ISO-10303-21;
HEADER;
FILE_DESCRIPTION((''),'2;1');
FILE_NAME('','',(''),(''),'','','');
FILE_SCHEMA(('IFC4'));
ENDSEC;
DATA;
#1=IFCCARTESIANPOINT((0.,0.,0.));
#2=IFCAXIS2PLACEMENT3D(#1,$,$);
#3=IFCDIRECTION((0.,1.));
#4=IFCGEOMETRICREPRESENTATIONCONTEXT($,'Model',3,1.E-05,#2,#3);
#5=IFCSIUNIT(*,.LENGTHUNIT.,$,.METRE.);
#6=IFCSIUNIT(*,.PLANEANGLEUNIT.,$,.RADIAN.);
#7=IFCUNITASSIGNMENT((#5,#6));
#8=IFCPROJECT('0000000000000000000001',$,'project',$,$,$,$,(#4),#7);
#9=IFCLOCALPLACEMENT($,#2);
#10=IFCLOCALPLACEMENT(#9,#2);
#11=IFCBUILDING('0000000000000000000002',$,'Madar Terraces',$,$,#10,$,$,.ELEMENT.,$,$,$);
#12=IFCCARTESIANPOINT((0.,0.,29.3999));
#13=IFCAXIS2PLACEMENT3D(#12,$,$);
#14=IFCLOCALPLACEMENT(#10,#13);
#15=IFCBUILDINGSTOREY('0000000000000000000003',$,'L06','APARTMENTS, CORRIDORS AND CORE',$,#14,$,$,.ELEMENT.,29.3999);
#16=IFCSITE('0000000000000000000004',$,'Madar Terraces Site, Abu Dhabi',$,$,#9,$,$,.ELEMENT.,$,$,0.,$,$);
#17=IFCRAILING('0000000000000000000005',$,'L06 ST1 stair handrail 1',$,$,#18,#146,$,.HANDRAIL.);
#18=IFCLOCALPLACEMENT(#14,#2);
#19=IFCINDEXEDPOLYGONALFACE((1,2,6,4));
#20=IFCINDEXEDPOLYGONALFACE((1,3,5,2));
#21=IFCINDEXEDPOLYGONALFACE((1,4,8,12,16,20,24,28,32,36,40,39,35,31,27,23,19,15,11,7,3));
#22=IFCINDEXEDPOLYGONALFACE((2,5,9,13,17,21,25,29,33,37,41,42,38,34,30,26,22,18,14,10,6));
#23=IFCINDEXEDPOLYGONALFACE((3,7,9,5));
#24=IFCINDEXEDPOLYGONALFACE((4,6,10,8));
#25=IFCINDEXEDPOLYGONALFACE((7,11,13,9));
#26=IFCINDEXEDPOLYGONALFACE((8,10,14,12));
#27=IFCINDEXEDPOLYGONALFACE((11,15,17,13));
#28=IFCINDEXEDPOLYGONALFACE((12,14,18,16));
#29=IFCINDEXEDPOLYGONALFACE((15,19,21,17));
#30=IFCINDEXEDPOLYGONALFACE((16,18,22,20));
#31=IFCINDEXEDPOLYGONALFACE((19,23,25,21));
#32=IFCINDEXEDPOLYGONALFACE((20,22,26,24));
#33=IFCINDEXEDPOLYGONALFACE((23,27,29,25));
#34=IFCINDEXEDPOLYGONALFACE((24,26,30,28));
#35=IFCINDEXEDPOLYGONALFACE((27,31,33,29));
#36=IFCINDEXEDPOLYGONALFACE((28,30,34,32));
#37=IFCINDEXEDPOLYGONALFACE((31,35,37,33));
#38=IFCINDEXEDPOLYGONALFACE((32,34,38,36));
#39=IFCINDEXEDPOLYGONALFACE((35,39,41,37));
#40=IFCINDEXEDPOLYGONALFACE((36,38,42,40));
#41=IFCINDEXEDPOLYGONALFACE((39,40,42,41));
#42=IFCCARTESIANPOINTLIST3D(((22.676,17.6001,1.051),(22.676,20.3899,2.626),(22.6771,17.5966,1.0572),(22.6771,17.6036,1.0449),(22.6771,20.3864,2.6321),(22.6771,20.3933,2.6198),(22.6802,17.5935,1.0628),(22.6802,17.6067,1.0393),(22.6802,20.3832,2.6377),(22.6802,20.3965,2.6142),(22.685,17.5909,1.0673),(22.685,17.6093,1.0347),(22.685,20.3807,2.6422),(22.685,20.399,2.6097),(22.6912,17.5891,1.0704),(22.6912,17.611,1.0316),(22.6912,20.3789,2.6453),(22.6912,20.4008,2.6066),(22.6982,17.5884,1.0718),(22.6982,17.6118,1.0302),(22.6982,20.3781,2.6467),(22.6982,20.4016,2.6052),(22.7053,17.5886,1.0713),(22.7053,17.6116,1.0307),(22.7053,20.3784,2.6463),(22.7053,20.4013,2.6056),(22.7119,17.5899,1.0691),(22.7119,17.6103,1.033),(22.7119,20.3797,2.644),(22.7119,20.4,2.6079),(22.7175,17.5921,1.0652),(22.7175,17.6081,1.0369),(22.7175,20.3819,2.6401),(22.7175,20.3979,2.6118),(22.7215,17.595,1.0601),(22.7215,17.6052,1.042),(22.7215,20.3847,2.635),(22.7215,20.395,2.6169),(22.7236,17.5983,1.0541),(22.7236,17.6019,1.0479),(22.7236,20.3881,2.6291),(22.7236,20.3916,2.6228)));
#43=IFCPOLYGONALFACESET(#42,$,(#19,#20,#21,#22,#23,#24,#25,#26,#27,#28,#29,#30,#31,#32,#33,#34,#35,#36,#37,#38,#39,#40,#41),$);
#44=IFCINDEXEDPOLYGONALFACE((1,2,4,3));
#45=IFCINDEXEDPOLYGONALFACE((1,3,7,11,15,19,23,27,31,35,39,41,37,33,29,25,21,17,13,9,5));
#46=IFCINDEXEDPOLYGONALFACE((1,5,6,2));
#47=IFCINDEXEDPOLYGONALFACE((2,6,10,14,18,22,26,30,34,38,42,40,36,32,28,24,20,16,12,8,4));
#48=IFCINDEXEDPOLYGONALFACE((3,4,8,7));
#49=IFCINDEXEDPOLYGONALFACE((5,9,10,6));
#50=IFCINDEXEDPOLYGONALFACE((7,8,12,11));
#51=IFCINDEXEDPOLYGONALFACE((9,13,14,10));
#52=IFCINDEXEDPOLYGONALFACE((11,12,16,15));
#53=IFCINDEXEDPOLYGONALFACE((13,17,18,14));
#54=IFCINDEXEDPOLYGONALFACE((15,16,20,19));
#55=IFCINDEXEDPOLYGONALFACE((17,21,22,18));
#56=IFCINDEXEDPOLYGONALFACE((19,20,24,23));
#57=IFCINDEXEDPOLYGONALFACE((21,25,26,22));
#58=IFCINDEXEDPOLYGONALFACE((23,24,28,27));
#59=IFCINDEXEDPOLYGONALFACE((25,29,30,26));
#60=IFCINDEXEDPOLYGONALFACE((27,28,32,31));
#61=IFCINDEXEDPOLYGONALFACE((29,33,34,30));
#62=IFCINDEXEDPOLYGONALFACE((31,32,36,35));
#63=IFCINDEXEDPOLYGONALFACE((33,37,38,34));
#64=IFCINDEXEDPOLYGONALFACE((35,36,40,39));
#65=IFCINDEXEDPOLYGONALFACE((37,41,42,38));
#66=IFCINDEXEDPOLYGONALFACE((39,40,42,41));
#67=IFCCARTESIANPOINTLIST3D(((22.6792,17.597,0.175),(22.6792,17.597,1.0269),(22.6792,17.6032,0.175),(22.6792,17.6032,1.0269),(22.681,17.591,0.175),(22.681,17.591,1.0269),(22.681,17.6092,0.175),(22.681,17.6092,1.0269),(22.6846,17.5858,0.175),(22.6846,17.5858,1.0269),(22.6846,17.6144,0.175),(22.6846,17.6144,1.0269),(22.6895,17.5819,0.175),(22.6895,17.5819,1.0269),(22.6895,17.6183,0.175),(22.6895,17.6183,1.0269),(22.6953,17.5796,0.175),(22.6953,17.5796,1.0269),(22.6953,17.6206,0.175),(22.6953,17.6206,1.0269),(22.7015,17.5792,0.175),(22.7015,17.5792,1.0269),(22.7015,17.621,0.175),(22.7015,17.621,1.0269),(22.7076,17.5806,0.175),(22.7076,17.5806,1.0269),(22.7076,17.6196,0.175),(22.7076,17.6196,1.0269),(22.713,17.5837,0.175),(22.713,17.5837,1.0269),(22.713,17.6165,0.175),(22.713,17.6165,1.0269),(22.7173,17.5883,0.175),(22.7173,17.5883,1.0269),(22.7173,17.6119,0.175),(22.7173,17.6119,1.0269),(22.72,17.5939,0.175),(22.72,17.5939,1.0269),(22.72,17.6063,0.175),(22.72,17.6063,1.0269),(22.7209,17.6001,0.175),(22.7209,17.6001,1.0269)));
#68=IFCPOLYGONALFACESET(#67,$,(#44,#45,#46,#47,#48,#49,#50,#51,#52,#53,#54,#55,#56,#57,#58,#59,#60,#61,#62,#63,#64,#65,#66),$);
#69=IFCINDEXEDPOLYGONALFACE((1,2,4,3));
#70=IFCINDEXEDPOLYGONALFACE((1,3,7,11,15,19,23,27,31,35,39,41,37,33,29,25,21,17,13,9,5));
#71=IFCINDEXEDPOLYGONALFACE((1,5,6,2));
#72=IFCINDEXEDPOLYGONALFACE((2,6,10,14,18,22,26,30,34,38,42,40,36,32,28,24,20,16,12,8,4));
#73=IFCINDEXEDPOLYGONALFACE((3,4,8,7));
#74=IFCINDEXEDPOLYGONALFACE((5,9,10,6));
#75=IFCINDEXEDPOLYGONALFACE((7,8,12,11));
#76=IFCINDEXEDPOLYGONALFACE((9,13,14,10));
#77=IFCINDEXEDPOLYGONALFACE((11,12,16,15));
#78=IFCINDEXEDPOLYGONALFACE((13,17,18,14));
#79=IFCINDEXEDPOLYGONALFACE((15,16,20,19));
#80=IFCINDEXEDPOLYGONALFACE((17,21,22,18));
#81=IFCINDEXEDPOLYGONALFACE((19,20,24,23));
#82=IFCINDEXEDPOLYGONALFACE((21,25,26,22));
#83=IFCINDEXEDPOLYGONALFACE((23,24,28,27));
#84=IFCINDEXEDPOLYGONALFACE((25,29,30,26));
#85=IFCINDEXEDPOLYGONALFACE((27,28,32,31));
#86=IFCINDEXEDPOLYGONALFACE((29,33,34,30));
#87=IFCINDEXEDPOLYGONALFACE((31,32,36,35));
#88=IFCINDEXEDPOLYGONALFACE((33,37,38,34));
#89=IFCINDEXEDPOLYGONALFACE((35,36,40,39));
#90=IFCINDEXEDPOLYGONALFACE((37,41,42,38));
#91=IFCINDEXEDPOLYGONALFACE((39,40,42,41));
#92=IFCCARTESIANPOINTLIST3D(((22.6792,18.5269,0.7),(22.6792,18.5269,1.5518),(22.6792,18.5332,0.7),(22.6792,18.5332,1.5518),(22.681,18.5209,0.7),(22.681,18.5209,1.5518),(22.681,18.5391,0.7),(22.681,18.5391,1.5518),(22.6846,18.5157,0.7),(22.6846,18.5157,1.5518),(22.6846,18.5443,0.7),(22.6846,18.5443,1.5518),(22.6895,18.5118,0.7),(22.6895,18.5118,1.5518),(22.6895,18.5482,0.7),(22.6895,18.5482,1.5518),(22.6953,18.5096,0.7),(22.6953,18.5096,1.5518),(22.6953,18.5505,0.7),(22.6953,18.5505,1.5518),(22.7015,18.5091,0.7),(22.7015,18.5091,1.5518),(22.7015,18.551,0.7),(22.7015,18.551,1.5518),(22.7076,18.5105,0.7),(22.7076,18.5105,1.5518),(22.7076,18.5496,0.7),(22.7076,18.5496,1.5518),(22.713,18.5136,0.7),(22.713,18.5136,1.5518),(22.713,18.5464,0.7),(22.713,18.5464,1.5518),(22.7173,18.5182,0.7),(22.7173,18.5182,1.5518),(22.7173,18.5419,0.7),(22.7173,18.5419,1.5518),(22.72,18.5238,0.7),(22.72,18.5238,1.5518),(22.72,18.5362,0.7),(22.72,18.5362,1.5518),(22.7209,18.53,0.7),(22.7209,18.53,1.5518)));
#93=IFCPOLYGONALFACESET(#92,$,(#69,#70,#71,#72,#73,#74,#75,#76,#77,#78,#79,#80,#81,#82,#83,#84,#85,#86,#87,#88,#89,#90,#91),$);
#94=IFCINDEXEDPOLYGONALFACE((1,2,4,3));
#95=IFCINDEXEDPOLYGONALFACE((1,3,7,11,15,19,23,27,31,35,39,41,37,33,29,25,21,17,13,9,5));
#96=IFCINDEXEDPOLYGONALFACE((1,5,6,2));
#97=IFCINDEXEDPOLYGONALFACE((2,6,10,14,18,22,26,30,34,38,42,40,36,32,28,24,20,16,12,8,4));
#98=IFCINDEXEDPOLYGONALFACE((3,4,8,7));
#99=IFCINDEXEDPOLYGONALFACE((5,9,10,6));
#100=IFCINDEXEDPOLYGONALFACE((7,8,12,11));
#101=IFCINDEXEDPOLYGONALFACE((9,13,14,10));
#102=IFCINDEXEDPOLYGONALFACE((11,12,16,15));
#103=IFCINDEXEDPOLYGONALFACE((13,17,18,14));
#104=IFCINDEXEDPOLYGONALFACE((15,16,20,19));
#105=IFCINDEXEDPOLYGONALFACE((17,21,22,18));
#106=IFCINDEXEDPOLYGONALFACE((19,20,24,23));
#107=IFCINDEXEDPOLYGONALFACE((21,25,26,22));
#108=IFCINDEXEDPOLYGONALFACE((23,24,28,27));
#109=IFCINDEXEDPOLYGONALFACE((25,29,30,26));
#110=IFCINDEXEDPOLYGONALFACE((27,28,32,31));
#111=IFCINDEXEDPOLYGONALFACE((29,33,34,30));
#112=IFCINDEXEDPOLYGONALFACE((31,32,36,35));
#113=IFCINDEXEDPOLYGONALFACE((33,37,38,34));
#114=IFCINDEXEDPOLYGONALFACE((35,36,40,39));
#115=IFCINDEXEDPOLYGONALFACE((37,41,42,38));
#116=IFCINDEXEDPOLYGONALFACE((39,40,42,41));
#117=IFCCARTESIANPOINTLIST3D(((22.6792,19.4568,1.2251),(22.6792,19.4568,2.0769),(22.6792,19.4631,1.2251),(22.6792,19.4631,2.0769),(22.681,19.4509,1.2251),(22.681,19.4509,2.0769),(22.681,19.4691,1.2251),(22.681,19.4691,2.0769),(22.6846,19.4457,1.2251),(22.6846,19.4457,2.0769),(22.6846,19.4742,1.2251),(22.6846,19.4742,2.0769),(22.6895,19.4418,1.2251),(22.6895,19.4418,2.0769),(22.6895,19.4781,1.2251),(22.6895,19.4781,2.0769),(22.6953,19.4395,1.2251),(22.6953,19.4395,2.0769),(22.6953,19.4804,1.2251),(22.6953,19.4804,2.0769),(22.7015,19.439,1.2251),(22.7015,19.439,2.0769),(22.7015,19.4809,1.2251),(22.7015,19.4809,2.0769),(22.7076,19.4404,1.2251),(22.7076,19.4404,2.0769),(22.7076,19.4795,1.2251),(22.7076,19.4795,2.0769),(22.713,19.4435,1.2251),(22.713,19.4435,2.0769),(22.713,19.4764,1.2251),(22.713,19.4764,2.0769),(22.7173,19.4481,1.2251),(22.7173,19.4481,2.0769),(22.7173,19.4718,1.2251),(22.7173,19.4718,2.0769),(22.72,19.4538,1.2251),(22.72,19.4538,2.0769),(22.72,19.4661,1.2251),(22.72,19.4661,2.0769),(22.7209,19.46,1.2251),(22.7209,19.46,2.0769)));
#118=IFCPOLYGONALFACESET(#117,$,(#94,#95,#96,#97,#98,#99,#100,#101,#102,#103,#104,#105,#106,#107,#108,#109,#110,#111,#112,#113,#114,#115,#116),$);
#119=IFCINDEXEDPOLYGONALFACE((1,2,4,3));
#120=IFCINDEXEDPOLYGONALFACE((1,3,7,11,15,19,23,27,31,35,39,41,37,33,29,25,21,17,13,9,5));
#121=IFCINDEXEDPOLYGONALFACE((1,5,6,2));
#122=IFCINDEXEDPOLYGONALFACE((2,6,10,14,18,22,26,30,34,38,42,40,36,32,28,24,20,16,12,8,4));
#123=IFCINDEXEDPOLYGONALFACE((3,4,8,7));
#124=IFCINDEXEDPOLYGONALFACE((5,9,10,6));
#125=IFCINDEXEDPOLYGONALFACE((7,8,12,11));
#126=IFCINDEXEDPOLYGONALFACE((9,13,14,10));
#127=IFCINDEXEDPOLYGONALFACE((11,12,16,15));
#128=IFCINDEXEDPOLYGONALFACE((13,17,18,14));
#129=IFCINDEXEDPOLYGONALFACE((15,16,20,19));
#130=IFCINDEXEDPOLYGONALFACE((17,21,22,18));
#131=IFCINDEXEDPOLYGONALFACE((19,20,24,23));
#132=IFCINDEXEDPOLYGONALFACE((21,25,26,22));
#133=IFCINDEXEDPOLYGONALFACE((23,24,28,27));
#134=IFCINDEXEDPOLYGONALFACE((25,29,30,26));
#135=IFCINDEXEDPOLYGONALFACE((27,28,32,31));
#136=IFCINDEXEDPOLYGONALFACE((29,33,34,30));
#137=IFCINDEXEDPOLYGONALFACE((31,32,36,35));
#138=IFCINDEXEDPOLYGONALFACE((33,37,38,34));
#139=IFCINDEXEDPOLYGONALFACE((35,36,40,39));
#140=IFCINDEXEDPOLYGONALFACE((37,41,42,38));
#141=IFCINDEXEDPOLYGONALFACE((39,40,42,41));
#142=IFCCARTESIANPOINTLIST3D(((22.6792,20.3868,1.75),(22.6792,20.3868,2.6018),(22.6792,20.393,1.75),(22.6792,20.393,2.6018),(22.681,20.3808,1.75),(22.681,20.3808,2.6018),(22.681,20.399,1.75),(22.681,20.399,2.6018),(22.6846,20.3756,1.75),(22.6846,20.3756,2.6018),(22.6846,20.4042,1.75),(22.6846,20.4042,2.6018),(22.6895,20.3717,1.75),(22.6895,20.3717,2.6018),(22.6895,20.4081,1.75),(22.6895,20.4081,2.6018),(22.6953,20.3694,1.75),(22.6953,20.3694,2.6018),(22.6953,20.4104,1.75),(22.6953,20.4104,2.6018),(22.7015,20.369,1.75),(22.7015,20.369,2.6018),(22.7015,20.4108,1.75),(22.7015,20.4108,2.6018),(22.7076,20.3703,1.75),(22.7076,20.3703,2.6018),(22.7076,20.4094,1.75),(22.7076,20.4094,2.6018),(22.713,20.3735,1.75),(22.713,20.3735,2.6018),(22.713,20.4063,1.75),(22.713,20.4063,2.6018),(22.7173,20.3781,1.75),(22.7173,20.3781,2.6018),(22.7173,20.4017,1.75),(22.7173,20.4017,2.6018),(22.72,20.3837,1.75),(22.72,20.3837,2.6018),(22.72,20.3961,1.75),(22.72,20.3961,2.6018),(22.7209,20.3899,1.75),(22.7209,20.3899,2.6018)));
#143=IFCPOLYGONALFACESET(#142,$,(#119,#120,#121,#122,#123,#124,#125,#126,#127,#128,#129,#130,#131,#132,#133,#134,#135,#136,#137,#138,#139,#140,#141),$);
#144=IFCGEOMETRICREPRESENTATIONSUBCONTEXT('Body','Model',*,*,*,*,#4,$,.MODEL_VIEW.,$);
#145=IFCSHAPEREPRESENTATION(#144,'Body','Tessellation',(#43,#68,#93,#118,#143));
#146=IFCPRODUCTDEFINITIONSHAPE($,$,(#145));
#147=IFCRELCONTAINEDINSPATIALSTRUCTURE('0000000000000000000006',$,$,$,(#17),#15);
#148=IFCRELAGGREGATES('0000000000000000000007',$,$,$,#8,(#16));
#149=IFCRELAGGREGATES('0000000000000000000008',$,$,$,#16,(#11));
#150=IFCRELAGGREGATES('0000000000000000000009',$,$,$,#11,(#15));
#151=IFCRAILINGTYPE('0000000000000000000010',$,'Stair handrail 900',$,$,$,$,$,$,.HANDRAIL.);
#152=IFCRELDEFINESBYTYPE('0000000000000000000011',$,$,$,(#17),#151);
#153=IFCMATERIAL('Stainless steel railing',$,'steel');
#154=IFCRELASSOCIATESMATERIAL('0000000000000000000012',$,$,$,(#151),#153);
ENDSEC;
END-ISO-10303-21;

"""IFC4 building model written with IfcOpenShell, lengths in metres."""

from ifc_helpers import new_model, si_unit, direction, frame, origin, origin_2d, place, context, subcontext, project, spatial, circle, extrude, material, type_object, element, save


model = new_model("IFC4")

# Units and contexts
model_context = context("Model", 3, precision=1e-05, world=origin(), true_north=direction((0.0, 1.0)))
body_context = subcontext(model_context, "Body", "Model", "MODEL_VIEW")
ifc_project = project(units=[si_unit("LENGTHUNIT", "METRE"), si_unit("PLANEANGLEUNIT", "RADIAN")], contexts=[model_context])

# Site, building, storey
site_placement = place(None, origin())
site = spatial("IfcSite", under=ifc_project, at=site_placement, Name="Madar Terraces Site, Abu Dhabi", CompositionType="ELEMENT", RefElevation=0.0)
building_placement = place(site_placement, origin())
building = spatial("IfcBuilding", under=site, at=building_placement, Name="Madar Terraces", CompositionType="ELEMENT")
storey_placement = place(building_placement, frame((0.0, 0.0, 29.3999)))
storey = spatial("IfcBuildingStorey", under=building, at=storey_placement, Name="L06", Description="APARTMENTS, CORRIDORS AND CORE", CompositionType="ELEMENT", Elevation=29.3999)

# Railing
ifc_material_1 = material(Name="Stainless steel railing", Category="steel")
railing_type_1 = type_object("IfcRailingType", Name="Stair handrail 900", PredefinedType="HANDRAIL", material=ifc_material_1)
railing_1_placement = place(storey_placement, frame((22.7, 17.6001, 0.175)))
element("IfcRailing", 1, at=railing_1_placement, inside=storey, type_object=railing_type_1, Name="L06 ST1 stair handrail 1", PredefinedType="HANDRAIL", context=body_context, shape_type="SweptSolid", body=[
    extrude(circle(Radius=0.0239, at=origin_2d()), frame((0.0, 0.0, 0.876), z_axis=(0.0, 0.870815, 0.49161), x_axis=(-1.0, 0.0, 0.0)), (0.0, 0.0, 1.0), 3.2036),
    extrude(circle(Radius=0.021, at=origin_2d()), origin(), (0.0, 0.0, 1.0), 0.8518),
    extrude(circle(Radius=0.021, at=origin_2d()), frame((0.0, 0.9299, 0.5249)), (0.0, 0.0, 1.0), 0.8518),
    extrude(circle(Radius=0.021, at=origin_2d()), frame((0.0, 1.8599, 1.05)), (0.0, 0.0, 1.0), 0.8518),
    extrude(circle(Radius=0.021, at=origin_2d()), frame((0.0, 2.7898, 1.575)), (0.0, 0.0, 1.0), 0.8518),
])

save(model, "model.ifc")
